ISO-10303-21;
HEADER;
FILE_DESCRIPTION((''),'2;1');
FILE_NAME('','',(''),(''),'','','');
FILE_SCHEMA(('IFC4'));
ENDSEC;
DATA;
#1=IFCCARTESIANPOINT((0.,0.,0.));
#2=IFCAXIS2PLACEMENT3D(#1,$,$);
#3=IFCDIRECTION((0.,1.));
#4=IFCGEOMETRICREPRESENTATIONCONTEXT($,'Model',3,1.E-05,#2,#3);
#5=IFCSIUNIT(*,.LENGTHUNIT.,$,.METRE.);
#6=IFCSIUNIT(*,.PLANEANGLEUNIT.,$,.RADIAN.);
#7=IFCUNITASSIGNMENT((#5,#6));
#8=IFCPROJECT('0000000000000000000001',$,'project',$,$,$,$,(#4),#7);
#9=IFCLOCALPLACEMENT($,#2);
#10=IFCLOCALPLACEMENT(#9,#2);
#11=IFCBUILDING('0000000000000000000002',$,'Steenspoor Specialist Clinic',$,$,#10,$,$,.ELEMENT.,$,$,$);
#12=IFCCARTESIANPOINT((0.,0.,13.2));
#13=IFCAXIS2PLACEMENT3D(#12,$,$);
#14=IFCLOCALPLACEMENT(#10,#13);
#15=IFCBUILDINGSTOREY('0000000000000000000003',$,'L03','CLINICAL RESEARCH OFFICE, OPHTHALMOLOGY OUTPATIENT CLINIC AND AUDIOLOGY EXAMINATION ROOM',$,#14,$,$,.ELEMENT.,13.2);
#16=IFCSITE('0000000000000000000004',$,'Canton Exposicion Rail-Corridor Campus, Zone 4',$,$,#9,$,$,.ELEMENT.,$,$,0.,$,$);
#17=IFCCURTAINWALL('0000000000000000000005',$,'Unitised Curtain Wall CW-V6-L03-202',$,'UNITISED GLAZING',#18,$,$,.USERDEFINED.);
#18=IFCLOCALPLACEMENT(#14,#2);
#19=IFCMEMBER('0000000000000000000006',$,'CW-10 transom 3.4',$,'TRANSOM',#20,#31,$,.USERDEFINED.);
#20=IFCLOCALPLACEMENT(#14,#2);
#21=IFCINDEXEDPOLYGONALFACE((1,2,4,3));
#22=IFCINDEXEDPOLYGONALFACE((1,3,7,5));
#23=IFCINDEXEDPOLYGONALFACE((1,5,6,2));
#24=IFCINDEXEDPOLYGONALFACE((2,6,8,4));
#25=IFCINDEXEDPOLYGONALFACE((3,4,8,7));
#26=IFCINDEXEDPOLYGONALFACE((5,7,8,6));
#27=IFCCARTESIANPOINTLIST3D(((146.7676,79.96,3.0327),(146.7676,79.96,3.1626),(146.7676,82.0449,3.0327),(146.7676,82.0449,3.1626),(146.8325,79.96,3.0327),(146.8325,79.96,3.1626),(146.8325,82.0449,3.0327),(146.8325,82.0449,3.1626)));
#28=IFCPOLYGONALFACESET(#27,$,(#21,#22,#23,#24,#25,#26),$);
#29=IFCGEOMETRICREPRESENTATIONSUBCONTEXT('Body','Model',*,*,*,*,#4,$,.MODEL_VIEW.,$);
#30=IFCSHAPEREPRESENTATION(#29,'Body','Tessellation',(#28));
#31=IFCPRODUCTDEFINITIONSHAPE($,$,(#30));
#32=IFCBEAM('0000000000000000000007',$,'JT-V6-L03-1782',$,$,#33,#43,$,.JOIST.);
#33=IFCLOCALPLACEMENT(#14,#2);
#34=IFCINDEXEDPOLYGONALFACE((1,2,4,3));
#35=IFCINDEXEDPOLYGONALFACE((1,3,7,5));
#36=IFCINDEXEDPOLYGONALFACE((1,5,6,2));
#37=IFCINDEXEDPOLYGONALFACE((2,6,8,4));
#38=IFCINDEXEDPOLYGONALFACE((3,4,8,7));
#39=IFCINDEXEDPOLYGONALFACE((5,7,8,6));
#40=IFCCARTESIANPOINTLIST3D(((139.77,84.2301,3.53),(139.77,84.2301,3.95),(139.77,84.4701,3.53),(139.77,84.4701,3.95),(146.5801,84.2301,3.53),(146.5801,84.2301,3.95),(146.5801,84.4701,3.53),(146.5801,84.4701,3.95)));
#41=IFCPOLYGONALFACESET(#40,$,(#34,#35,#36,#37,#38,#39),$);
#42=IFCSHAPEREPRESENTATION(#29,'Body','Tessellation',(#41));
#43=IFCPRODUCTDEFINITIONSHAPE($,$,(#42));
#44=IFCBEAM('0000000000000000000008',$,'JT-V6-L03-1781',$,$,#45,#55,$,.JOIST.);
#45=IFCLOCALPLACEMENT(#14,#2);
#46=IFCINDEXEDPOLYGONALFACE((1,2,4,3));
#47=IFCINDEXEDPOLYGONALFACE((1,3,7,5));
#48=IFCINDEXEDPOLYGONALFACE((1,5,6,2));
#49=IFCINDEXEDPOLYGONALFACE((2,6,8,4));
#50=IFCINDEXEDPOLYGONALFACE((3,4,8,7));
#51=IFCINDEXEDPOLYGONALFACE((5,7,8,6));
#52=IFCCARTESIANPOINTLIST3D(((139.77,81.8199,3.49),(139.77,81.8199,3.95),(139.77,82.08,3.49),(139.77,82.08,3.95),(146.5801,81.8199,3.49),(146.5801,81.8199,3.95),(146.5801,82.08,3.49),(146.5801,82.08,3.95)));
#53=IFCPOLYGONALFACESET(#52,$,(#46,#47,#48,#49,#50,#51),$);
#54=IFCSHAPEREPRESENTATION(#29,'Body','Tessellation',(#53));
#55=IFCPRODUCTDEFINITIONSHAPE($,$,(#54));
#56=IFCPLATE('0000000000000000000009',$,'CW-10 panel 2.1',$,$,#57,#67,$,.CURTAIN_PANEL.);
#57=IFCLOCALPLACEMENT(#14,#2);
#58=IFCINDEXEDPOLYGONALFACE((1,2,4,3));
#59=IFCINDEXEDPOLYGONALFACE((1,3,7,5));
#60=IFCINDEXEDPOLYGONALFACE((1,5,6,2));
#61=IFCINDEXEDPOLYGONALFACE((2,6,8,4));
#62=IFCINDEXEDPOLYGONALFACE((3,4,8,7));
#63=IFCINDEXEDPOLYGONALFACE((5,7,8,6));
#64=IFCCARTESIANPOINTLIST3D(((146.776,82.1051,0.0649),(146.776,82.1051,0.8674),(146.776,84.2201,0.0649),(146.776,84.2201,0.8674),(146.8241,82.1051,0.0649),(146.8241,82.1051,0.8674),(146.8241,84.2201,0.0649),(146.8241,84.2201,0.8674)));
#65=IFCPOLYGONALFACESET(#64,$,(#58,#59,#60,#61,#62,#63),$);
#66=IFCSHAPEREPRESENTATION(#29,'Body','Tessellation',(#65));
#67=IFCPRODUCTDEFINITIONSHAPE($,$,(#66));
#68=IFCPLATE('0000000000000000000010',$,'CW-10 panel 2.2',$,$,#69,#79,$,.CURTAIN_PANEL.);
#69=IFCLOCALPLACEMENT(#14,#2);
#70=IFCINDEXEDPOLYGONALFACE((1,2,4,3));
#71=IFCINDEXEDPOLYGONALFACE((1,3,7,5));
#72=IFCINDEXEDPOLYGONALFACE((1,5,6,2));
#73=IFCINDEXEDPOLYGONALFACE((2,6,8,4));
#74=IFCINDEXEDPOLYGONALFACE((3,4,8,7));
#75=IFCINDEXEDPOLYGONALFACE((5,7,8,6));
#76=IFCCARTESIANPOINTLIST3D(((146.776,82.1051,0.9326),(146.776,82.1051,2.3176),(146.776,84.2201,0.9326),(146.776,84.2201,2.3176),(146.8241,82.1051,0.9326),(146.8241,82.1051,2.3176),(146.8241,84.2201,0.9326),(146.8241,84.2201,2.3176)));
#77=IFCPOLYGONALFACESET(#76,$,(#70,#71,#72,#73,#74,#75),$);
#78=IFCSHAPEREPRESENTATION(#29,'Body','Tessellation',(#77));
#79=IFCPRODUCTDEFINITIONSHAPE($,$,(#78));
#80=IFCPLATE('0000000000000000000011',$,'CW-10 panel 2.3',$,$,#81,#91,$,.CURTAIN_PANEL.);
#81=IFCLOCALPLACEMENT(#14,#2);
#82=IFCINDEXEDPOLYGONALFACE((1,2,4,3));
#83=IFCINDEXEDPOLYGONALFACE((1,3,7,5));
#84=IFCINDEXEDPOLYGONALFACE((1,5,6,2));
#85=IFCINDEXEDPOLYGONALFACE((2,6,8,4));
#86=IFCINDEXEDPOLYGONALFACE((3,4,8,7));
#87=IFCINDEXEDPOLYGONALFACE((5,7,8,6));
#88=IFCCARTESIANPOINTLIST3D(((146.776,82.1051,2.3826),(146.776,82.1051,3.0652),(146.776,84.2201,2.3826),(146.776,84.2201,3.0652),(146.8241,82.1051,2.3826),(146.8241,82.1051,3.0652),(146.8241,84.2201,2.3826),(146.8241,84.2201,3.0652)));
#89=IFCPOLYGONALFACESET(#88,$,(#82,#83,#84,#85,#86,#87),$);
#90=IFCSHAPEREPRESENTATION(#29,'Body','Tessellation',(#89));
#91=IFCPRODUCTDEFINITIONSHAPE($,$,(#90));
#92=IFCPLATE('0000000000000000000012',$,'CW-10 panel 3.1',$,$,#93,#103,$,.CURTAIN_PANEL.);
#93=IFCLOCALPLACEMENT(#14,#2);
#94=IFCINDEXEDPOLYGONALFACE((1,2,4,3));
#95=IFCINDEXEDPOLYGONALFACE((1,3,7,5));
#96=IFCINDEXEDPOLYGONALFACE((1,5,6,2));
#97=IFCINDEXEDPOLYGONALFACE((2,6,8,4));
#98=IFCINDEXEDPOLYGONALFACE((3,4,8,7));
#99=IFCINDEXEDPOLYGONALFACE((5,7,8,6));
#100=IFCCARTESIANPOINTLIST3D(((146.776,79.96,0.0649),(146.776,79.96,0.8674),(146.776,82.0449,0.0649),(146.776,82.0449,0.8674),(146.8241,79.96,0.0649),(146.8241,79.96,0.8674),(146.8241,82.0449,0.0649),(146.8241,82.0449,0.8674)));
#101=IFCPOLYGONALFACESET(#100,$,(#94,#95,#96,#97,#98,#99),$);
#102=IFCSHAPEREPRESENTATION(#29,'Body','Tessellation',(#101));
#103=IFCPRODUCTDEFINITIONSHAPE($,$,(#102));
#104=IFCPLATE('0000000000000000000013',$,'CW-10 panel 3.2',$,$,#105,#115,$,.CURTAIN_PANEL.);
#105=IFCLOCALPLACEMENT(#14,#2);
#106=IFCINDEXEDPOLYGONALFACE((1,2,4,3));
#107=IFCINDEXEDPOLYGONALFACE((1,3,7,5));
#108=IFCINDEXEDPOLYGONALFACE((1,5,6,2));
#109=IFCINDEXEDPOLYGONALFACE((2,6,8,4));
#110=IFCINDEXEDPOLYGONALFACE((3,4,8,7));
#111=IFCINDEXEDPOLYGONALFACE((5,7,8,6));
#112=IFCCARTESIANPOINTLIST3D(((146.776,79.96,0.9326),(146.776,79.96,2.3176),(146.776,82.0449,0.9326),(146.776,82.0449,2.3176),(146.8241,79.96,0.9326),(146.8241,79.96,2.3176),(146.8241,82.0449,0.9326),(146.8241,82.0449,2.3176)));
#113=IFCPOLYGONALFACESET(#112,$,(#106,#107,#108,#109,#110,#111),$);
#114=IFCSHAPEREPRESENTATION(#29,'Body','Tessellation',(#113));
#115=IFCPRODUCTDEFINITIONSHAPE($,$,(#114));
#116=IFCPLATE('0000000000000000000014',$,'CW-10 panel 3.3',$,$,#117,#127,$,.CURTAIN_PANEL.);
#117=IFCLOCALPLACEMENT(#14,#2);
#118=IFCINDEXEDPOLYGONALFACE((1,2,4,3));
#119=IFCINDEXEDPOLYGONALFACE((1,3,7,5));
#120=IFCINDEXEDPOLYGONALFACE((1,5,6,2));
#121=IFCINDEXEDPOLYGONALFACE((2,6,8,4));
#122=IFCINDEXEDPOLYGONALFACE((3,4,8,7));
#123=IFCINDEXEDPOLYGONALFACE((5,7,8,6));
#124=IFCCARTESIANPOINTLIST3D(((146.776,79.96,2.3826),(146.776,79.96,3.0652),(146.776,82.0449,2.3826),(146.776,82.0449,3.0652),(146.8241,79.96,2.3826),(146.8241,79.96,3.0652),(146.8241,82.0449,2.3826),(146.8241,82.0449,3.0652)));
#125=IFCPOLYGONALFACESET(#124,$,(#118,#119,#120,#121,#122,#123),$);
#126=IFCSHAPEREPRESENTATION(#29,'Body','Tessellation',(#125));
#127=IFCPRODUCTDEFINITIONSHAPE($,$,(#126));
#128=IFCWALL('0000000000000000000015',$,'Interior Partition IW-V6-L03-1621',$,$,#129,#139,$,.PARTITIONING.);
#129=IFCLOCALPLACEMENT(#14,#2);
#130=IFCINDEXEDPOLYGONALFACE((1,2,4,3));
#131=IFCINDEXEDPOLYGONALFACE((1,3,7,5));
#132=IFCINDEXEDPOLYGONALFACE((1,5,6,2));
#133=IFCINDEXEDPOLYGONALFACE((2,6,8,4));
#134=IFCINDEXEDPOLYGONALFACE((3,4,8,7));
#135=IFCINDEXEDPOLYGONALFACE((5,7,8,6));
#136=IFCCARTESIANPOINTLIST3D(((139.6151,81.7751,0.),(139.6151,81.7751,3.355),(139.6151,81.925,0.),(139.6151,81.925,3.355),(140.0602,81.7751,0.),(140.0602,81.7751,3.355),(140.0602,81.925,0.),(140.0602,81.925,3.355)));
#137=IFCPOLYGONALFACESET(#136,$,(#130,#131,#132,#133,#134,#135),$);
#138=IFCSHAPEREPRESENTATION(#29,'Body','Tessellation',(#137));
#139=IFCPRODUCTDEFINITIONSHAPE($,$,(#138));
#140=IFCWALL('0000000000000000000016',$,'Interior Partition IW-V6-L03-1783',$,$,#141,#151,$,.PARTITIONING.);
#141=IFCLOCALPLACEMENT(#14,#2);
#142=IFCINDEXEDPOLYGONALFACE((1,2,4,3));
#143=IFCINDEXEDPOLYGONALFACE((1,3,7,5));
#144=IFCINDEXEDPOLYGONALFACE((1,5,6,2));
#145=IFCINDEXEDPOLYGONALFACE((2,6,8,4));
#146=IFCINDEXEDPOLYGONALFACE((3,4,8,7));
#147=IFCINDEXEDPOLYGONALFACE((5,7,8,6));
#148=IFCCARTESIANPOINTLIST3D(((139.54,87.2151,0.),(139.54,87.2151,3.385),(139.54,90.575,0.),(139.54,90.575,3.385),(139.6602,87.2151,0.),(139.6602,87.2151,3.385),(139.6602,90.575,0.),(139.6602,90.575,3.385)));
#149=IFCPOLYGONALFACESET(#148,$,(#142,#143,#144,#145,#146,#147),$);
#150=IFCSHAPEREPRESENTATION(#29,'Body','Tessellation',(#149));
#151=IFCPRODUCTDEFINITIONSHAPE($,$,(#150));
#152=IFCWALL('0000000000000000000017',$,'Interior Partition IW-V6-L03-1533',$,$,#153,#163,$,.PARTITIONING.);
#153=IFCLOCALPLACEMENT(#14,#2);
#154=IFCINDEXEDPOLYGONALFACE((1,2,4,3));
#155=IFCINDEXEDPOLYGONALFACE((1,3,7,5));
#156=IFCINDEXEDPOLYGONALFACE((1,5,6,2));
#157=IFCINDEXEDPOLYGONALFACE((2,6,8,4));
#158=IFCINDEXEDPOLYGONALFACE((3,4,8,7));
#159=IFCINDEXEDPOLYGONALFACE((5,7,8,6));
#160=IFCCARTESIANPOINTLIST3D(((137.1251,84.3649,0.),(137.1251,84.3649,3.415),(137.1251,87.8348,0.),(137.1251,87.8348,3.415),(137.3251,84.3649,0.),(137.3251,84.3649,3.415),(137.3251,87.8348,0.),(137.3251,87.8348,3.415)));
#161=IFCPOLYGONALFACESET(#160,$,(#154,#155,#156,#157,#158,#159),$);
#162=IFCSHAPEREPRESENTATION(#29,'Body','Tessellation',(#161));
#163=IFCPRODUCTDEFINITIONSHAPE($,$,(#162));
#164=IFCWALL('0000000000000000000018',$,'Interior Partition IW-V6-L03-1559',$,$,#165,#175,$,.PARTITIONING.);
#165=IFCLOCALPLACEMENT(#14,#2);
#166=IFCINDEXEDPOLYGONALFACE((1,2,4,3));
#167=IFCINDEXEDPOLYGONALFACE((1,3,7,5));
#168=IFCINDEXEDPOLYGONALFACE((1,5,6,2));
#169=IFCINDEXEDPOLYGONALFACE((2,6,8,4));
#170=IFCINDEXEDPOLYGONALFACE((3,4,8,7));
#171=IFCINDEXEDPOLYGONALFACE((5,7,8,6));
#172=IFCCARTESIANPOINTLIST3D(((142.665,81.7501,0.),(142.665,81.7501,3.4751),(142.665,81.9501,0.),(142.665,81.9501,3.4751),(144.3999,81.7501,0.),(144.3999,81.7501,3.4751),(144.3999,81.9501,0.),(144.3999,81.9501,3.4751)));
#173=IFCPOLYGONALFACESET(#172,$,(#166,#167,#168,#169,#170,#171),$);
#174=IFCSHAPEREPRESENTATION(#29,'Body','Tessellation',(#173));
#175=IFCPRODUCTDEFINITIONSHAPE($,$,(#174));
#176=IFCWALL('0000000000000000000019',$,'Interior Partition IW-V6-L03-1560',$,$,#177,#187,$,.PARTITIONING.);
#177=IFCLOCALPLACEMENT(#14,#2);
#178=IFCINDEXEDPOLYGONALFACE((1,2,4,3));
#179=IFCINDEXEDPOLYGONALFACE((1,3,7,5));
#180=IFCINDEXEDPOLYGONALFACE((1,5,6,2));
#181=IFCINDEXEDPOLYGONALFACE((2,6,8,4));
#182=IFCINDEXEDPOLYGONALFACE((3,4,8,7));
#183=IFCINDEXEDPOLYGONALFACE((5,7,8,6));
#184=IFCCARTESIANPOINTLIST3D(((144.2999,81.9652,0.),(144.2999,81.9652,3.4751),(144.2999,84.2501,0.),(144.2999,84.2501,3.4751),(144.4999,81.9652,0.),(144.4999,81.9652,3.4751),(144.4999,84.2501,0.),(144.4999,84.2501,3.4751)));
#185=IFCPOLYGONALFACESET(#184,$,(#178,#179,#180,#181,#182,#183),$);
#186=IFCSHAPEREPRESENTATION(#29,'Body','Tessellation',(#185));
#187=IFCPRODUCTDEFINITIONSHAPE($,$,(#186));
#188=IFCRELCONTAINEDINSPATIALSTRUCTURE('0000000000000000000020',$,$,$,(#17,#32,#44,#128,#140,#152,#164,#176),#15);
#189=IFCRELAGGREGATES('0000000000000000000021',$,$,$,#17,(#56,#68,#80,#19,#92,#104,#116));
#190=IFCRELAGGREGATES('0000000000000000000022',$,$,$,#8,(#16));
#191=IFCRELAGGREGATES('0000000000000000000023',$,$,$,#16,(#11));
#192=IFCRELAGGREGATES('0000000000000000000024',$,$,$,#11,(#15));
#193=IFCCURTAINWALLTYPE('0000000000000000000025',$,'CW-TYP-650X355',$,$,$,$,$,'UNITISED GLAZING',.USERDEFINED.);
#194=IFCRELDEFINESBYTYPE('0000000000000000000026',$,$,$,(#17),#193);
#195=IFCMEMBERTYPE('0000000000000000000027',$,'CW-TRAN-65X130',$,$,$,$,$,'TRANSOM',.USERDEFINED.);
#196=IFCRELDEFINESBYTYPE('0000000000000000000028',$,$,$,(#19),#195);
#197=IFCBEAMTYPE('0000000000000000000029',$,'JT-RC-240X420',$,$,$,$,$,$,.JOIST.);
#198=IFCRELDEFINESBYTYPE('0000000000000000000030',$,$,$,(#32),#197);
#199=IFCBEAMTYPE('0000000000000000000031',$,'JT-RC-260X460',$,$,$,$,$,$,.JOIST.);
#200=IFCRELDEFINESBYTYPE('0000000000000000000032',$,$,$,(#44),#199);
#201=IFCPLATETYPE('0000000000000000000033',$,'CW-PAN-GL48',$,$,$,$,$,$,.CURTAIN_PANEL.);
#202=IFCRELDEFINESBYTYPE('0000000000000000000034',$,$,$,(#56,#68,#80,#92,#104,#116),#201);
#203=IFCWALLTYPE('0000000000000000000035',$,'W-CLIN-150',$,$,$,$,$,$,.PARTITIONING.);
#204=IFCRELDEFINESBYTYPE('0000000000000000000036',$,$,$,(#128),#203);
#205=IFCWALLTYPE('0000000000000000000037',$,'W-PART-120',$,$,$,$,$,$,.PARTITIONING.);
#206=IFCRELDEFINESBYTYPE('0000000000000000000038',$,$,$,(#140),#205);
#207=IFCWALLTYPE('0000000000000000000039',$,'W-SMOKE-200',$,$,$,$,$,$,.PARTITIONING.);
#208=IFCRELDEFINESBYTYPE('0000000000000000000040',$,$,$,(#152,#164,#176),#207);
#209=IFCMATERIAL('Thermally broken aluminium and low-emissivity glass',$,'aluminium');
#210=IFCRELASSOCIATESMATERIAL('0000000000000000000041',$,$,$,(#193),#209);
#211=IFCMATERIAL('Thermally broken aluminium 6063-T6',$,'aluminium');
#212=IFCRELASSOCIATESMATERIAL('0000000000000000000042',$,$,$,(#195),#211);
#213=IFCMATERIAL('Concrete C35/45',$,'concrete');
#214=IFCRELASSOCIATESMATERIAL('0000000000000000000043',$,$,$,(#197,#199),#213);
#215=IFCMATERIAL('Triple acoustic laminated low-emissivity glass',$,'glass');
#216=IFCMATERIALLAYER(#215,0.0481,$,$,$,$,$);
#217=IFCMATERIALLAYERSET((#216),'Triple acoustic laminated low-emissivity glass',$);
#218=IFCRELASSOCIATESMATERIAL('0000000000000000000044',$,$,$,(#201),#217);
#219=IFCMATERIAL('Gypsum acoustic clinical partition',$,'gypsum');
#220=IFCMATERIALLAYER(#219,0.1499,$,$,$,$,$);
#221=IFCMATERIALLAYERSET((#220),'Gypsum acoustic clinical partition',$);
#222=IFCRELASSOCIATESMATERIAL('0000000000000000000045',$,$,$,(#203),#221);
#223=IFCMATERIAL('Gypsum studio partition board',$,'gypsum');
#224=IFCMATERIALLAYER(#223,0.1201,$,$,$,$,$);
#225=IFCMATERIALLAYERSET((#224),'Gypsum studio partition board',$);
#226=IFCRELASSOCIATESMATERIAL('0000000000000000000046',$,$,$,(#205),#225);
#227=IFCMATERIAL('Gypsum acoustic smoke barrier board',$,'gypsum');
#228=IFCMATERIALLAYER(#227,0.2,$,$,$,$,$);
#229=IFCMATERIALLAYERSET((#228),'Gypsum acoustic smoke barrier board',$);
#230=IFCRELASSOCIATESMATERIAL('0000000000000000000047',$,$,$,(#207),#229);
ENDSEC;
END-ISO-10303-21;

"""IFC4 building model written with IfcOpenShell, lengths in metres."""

from ifc_helpers import new_model, si_unit, direction, frame, frame_2d, origin, origin_2d, place, context, subcontext, project, spatial, rectangle, extrude, material, layer, layer_set, material_profile, profile_set, type_object, element, aggregate, save


model = new_model("IFC4")

# Units and contexts
model_context = context("Model", 3, precision=1e-05, world=origin(), true_north=direction((0.0, 1.0)))
body_context = subcontext(model_context, "Body", "Model", "MODEL_VIEW")
ifc_project = project(units=[si_unit("LENGTHUNIT", "METRE"), si_unit("PLANEANGLEUNIT", "RADIAN")], contexts=[model_context])

# Site, building, storey
site_placement = place(None, origin())
site = spatial("IfcSite", under=ifc_project, at=site_placement, Name="Canton Exposicion Rail-Corridor Campus, Zone 4", CompositionType="ELEMENT", RefElevation=0.0)
building_placement = place(site_placement, origin())
building = spatial("IfcBuilding", under=site, at=building_placement, Name="Steenspoor Specialist Clinic", CompositionType="ELEMENT")
storey_placement = place(building_placement, frame((0.0, 0.0, 13.2)))
storey = spatial("IfcBuildingStorey", under=building, at=storey_placement, Name="L03", Description="CLINICAL RESEARCH OFFICE, OPHTHALMOLOGY OUTPATIENT CLINIC AND AUDIOLOGY EXAMINATION ROOM", CompositionType="ELEMENT", Elevation=13.2)

# Shared definitions
ifc_material_1 = material(Name="Concrete C35/45", Category="concrete")

# Curtain wall, member
ifc_material_2 = material(Name="Thermally broken aluminium and low-emissivity glass", Category="aluminium")
curtain_wall_type = type_object("IfcCurtainWallType", Name="CW-TYP-650X355", ElementType="UNITISED GLAZING", PredefinedType="USERDEFINED", material=ifc_material_2)
curtain_wall_placement = place(storey_placement, origin())
curtain_wall = element("IfcCurtainWall", 1, at=curtain_wall_placement, inside=storey, type_object=curtain_wall_type, Name="Unitised Curtain Wall CW-V6-L03-202", ObjectType="UNITISED GLAZING", PredefinedType="USERDEFINED")
ifc_material_3 = material(Name="Thermally broken aluminium 6063-T6", Category="aluminium")
ifc_material_profile_1 = material_profile(ifc_material_3, rectangle(XDim=0.0649, YDim=0.1299, at=origin_2d()), Name="CWT-65X130")
ifc_profile_set_1 = profile_set([ifc_material_profile_1], Name="Thermally broken aluminium 6063-T6")
member_type_1 = type_object("IfcMemberType", Name="CW-TRAN-65X130", ElementType="TRANSOM", PredefinedType="USERDEFINED", material=ifc_profile_set_1)
member_1_placement = place(storey_placement, frame((146.8, 82.0449, 3.0977), z_axis=(0.0, -1.0, 0.0), x_axis=(1.0, 0.0, 0.0)))
member_1 = element("IfcMember", 2, at=member_1_placement, type_object=member_type_1, Name="CW-10 transom 3.4", ObjectType="TRANSOM", PredefinedType="USERDEFINED", context=body_context, shape_type="SweptSolid", body=[
    extrude(rectangle(XDim=0.0649, YDim=0.1299, at=origin_2d()), origin(), (0.0, 0.0, 1.0), 2.085),
])

# Beams
ifc_material_profile_2 = material_profile(ifc_material_1, rectangle(XDim=0.24, YDim=0.4199, at=origin_2d()), Name="RC-JT-240X420")
ifc_profile_set_2 = profile_set([ifc_material_profile_2], Name="Concrete C35/45")
beam_type_1 = type_object("IfcBeamType", Name="JT-RC-240X420", PredefinedType="JOIST", material=ifc_profile_set_2)
beam_1_placement = place(storey_placement, frame((139.77, 84.3501, 3.74), z_axis=(1.0, 0.0, 0.0), x_axis=(0.0, 1.0, 0.0)))
element("IfcBeam", 3, at=beam_1_placement, inside=storey, type_object=beam_type_1, Name="JT-V6-L03-1782", PredefinedType="JOIST", context=body_context, shape_type="SweptSolid", body=[
    extrude(rectangle(XDim=0.24, YDim=0.4199, at=origin_2d()), origin(), (0.0, 0.0, 1.0), 6.8101),
])
ifc_material_profile_3 = material_profile(ifc_material_1, rectangle(XDim=0.26, YDim=0.46, at=origin_2d()), Name="RC-JT-260X460")
ifc_profile_set_3 = profile_set([ifc_material_profile_3], Name="Concrete C35/45")
beam_type_2 = type_object("IfcBeamType", Name="JT-RC-260X460", PredefinedType="JOIST", material=ifc_profile_set_3)
beam_2_placement = place(storey_placement, frame((139.77, 81.95, 3.72), z_axis=(1.0, 0.0, 0.0), x_axis=(0.0, 1.0, 0.0)))
element("IfcBeam", 4, at=beam_2_placement, inside=storey, type_object=beam_type_2, Name="JT-V6-L03-1781", PredefinedType="JOIST", context=body_context, shape_type="SweptSolid", body=[
    extrude(rectangle(XDim=0.26, YDim=0.46, at=origin_2d()), origin(), (0.0, 0.0, 1.0), 6.8101),
])

# Plates
ifc_material_4 = material(Name="Triple acoustic laminated low-emissivity glass", Category="glass")
ifc_layer_1 = layer(ifc_material_4, 0.0481)
ifc_layer_set_1 = layer_set([ifc_layer_1], Name="Triple acoustic laminated low-emissivity glass")
plate_type = type_object("IfcPlateType", Name="CW-PAN-GL48", PredefinedType="CURTAIN_PANEL", material=ifc_layer_set_1)
plate_1_placement = place(storey_placement, frame((146.8, 83.1626, 0.0649), z_axis=(0.0, 0.0, 1.0), x_axis=(0.0, -1.0, 0.0)))
plate_1 = element("IfcPlate", 5, at=plate_1_placement, type_object=plate_type, Name="CW-10 panel 2.1", PredefinedType="CURTAIN_PANEL", context=body_context, shape_type="SweptSolid", body=[
    extrude(rectangle(XDim=2.115, YDim=0.0481, at=origin_2d()), origin(), (0.0, 0.0, 1.0), 0.8025),
])
plate_2_placement = place(storey_placement, frame((146.8, 83.1626, 0.9326), z_axis=(0.0, 0.0, 1.0), x_axis=(0.0, -1.0, 0.0)))
plate_2 = element("IfcPlate", 6, at=plate_2_placement, type_object=plate_type, Name="CW-10 panel 2.2", PredefinedType="CURTAIN_PANEL", context=body_context, shape_type="SweptSolid", body=[
    extrude(rectangle(XDim=2.115, YDim=0.0481, at=origin_2d()), origin(), (0.0, 0.0, 1.0), 1.385),
])
plate_3_placement = place(storey_placement, frame((146.8, 83.1626, 2.3826), z_axis=(0.0, 0.0, 1.0), x_axis=(0.0, -1.0, 0.0)))
plate_3 = element("IfcPlate", 7, at=plate_3_placement, type_object=plate_type, Name="CW-10 panel 2.3", PredefinedType="CURTAIN_PANEL", context=body_context, shape_type="SweptSolid", body=[
    extrude(rectangle(XDim=2.115, YDim=0.0481, at=origin_2d()), origin(), (0.0, 0.0, 1.0), 0.6826),
])
plate_4_placement = place(storey_placement, frame((146.8, 81.0024, 0.0649), z_axis=(0.0, 0.0, 1.0), x_axis=(0.0, -1.0, 0.0)))
plate_4 = element("IfcPlate", 8, at=plate_4_placement, type_object=plate_type, Name="CW-10 panel 3.1", PredefinedType="CURTAIN_PANEL", context=body_context, shape_type="SweptSolid", body=[
    extrude(rectangle(XDim=2.085, YDim=0.0481, at=origin_2d()), origin(), (0.0, 0.0, 1.0), 0.8025),
])
plate_5_placement = place(storey_placement, frame((146.8, 81.0024, 0.9326), z_axis=(0.0, 0.0, 1.0), x_axis=(0.0, -1.0, 0.0)))
plate_5 = element("IfcPlate", 9, at=plate_5_placement, type_object=plate_type, Name="CW-10 panel 3.2", PredefinedType="CURTAIN_PANEL", context=body_context, shape_type="SweptSolid", body=[
    extrude(rectangle(XDim=2.085, YDim=0.0481, at=origin_2d()), origin(), (0.0, 0.0, 1.0), 1.385),
])
plate_6_placement = place(storey_placement, frame((146.8, 81.0024, 2.3826), z_axis=(0.0, 0.0, 1.0), x_axis=(0.0, -1.0, 0.0)))
plate_6 = element("IfcPlate", 10, at=plate_6_placement, type_object=plate_type, Name="CW-10 panel 3.3", PredefinedType="CURTAIN_PANEL", context=body_context, shape_type="SweptSolid", body=[
    extrude(rectangle(XDim=2.085, YDim=0.0481, at=origin_2d()), origin(), (0.0, 0.0, 1.0), 0.6826),
])
aggregate(curtain_wall, [plate_1, plate_2, plate_3, member_1, plate_4, plate_5, plate_6])

# Wall
ifc_material_5 = material(Name="Gypsum acoustic clinical partition", Category="gypsum")
ifc_layer_2 = layer(ifc_material_5, 0.1499)
ifc_layer_set_2 = layer_set([ifc_layer_2], Name="Gypsum acoustic clinical partition")
wall_type_1 = type_object("IfcWallType", Name="W-CLIN-150", PredefinedType="PARTITIONING", material=ifc_layer_set_2)
wall_1_placement = place(storey_placement, frame((139.615, 81.8501, 0.0), z_axis=(0.0, 0.0, 1.0), x_axis=(1.0, 0.0, 0.0)))
element("IfcWall", 11, at=wall_1_placement, inside=storey, type_object=wall_type_1, Name="Interior Partition IW-V6-L03-1621", PredefinedType="PARTITIONING", context=body_context, shape_type="SweptSolid", body=[
    extrude(rectangle(XDim=0.4451, YDim=0.1499, at=frame_2d((0.2227, 0.0))), origin(), (0.0, 0.0, 1.0), 3.355),
])

# Shared definitions
ifc_material_6 = material(Name="Gypsum studio partition board", Category="gypsum")
ifc_layer_3 = layer(ifc_material_6, 0.1201)
ifc_layer_set_3 = layer_set([ifc_layer_3], Name="Gypsum studio partition board")
wall_type_2 = type_object("IfcWallType", Name="W-PART-120", PredefinedType="PARTITIONING", material=ifc_layer_set_3)

# Walls
wall_2_placement = place(storey_placement, frame((139.6001, 87.2151, 0.0), z_axis=(0.0, 0.0, 1.0), x_axis=(0.0, 1.0, 0.0)))
element("IfcWall", 12, at=wall_2_placement, inside=storey, type_object=wall_type_2, Name="Interior Partition IW-V6-L03-1783", PredefinedType="PARTITIONING", context=body_context, shape_type="SweptSolid", body=[
    extrude(rectangle(XDim=3.3599, YDim=0.1201, at=frame_2d((1.6799, 0.0))), origin(), (0.0, 0.0, 1.0), 3.385),
])
ifc_material_7 = material(Name="Gypsum acoustic smoke barrier board", Category="gypsum")
ifc_layer_4 = layer(ifc_material_7, 0.2)
ifc_layer_set_4 = layer_set([ifc_layer_4], Name="Gypsum acoustic smoke barrier board")
wall_type_3 = type_object("IfcWallType", Name="W-SMOKE-200", PredefinedType="PARTITIONING", material=ifc_layer_set_4)
wall_3_placement = place(storey_placement, frame((137.2251, 84.365, 0.0), z_axis=(0.0, 0.0, 1.0), x_axis=(0.0, 1.0, 0.0)))
element("IfcWall", 13, at=wall_3_placement, inside=storey, type_object=wall_type_3, Name="Interior Partition IW-V6-L03-1533", PredefinedType="PARTITIONING", context=body_context, shape_type="SweptSolid", body=[
    extrude(rectangle(XDim=3.47, YDim=0.2, at=frame_2d((1.7349, 0.0))), origin(), (0.0, 0.0, 1.0), 3.415),
])
wall_4_placement = place(storey_placement, frame((142.665, 81.8501, 0.0), z_axis=(0.0, 0.0, 1.0), x_axis=(1.0, 0.0, 0.0)))
element("IfcWall", 14, at=wall_4_placement, inside=storey, type_object=wall_type_3, Name="Interior Partition IW-V6-L03-1559", PredefinedType="PARTITIONING", context=body_context, shape_type="SweptSolid", body=[
    extrude(rectangle(XDim=1.7349, YDim=0.2, at=frame_2d((0.8674, 0.0))), origin(), (0.0, 0.0, 1.0), 3.4751),
])
wall_5_placement = place(storey_placement, frame((144.3999, 81.9651, 0.0), z_axis=(0.0, 0.0, 1.0), x_axis=(0.0, 1.0, 0.0)))
element("IfcWall", 15, at=wall_5_placement, inside=storey, type_object=wall_type_3, Name="Interior Partition IW-V6-L03-1560", PredefinedType="PARTITIONING", context=body_context, shape_type="SweptSolid", body=[
    extrude(rectangle(XDim=2.2849, YDim=0.2, at=frame_2d((1.1426, 0.0))), origin(), (0.0, 0.0, 1.0), 3.4751),
])

save(model, "model.ifc")
